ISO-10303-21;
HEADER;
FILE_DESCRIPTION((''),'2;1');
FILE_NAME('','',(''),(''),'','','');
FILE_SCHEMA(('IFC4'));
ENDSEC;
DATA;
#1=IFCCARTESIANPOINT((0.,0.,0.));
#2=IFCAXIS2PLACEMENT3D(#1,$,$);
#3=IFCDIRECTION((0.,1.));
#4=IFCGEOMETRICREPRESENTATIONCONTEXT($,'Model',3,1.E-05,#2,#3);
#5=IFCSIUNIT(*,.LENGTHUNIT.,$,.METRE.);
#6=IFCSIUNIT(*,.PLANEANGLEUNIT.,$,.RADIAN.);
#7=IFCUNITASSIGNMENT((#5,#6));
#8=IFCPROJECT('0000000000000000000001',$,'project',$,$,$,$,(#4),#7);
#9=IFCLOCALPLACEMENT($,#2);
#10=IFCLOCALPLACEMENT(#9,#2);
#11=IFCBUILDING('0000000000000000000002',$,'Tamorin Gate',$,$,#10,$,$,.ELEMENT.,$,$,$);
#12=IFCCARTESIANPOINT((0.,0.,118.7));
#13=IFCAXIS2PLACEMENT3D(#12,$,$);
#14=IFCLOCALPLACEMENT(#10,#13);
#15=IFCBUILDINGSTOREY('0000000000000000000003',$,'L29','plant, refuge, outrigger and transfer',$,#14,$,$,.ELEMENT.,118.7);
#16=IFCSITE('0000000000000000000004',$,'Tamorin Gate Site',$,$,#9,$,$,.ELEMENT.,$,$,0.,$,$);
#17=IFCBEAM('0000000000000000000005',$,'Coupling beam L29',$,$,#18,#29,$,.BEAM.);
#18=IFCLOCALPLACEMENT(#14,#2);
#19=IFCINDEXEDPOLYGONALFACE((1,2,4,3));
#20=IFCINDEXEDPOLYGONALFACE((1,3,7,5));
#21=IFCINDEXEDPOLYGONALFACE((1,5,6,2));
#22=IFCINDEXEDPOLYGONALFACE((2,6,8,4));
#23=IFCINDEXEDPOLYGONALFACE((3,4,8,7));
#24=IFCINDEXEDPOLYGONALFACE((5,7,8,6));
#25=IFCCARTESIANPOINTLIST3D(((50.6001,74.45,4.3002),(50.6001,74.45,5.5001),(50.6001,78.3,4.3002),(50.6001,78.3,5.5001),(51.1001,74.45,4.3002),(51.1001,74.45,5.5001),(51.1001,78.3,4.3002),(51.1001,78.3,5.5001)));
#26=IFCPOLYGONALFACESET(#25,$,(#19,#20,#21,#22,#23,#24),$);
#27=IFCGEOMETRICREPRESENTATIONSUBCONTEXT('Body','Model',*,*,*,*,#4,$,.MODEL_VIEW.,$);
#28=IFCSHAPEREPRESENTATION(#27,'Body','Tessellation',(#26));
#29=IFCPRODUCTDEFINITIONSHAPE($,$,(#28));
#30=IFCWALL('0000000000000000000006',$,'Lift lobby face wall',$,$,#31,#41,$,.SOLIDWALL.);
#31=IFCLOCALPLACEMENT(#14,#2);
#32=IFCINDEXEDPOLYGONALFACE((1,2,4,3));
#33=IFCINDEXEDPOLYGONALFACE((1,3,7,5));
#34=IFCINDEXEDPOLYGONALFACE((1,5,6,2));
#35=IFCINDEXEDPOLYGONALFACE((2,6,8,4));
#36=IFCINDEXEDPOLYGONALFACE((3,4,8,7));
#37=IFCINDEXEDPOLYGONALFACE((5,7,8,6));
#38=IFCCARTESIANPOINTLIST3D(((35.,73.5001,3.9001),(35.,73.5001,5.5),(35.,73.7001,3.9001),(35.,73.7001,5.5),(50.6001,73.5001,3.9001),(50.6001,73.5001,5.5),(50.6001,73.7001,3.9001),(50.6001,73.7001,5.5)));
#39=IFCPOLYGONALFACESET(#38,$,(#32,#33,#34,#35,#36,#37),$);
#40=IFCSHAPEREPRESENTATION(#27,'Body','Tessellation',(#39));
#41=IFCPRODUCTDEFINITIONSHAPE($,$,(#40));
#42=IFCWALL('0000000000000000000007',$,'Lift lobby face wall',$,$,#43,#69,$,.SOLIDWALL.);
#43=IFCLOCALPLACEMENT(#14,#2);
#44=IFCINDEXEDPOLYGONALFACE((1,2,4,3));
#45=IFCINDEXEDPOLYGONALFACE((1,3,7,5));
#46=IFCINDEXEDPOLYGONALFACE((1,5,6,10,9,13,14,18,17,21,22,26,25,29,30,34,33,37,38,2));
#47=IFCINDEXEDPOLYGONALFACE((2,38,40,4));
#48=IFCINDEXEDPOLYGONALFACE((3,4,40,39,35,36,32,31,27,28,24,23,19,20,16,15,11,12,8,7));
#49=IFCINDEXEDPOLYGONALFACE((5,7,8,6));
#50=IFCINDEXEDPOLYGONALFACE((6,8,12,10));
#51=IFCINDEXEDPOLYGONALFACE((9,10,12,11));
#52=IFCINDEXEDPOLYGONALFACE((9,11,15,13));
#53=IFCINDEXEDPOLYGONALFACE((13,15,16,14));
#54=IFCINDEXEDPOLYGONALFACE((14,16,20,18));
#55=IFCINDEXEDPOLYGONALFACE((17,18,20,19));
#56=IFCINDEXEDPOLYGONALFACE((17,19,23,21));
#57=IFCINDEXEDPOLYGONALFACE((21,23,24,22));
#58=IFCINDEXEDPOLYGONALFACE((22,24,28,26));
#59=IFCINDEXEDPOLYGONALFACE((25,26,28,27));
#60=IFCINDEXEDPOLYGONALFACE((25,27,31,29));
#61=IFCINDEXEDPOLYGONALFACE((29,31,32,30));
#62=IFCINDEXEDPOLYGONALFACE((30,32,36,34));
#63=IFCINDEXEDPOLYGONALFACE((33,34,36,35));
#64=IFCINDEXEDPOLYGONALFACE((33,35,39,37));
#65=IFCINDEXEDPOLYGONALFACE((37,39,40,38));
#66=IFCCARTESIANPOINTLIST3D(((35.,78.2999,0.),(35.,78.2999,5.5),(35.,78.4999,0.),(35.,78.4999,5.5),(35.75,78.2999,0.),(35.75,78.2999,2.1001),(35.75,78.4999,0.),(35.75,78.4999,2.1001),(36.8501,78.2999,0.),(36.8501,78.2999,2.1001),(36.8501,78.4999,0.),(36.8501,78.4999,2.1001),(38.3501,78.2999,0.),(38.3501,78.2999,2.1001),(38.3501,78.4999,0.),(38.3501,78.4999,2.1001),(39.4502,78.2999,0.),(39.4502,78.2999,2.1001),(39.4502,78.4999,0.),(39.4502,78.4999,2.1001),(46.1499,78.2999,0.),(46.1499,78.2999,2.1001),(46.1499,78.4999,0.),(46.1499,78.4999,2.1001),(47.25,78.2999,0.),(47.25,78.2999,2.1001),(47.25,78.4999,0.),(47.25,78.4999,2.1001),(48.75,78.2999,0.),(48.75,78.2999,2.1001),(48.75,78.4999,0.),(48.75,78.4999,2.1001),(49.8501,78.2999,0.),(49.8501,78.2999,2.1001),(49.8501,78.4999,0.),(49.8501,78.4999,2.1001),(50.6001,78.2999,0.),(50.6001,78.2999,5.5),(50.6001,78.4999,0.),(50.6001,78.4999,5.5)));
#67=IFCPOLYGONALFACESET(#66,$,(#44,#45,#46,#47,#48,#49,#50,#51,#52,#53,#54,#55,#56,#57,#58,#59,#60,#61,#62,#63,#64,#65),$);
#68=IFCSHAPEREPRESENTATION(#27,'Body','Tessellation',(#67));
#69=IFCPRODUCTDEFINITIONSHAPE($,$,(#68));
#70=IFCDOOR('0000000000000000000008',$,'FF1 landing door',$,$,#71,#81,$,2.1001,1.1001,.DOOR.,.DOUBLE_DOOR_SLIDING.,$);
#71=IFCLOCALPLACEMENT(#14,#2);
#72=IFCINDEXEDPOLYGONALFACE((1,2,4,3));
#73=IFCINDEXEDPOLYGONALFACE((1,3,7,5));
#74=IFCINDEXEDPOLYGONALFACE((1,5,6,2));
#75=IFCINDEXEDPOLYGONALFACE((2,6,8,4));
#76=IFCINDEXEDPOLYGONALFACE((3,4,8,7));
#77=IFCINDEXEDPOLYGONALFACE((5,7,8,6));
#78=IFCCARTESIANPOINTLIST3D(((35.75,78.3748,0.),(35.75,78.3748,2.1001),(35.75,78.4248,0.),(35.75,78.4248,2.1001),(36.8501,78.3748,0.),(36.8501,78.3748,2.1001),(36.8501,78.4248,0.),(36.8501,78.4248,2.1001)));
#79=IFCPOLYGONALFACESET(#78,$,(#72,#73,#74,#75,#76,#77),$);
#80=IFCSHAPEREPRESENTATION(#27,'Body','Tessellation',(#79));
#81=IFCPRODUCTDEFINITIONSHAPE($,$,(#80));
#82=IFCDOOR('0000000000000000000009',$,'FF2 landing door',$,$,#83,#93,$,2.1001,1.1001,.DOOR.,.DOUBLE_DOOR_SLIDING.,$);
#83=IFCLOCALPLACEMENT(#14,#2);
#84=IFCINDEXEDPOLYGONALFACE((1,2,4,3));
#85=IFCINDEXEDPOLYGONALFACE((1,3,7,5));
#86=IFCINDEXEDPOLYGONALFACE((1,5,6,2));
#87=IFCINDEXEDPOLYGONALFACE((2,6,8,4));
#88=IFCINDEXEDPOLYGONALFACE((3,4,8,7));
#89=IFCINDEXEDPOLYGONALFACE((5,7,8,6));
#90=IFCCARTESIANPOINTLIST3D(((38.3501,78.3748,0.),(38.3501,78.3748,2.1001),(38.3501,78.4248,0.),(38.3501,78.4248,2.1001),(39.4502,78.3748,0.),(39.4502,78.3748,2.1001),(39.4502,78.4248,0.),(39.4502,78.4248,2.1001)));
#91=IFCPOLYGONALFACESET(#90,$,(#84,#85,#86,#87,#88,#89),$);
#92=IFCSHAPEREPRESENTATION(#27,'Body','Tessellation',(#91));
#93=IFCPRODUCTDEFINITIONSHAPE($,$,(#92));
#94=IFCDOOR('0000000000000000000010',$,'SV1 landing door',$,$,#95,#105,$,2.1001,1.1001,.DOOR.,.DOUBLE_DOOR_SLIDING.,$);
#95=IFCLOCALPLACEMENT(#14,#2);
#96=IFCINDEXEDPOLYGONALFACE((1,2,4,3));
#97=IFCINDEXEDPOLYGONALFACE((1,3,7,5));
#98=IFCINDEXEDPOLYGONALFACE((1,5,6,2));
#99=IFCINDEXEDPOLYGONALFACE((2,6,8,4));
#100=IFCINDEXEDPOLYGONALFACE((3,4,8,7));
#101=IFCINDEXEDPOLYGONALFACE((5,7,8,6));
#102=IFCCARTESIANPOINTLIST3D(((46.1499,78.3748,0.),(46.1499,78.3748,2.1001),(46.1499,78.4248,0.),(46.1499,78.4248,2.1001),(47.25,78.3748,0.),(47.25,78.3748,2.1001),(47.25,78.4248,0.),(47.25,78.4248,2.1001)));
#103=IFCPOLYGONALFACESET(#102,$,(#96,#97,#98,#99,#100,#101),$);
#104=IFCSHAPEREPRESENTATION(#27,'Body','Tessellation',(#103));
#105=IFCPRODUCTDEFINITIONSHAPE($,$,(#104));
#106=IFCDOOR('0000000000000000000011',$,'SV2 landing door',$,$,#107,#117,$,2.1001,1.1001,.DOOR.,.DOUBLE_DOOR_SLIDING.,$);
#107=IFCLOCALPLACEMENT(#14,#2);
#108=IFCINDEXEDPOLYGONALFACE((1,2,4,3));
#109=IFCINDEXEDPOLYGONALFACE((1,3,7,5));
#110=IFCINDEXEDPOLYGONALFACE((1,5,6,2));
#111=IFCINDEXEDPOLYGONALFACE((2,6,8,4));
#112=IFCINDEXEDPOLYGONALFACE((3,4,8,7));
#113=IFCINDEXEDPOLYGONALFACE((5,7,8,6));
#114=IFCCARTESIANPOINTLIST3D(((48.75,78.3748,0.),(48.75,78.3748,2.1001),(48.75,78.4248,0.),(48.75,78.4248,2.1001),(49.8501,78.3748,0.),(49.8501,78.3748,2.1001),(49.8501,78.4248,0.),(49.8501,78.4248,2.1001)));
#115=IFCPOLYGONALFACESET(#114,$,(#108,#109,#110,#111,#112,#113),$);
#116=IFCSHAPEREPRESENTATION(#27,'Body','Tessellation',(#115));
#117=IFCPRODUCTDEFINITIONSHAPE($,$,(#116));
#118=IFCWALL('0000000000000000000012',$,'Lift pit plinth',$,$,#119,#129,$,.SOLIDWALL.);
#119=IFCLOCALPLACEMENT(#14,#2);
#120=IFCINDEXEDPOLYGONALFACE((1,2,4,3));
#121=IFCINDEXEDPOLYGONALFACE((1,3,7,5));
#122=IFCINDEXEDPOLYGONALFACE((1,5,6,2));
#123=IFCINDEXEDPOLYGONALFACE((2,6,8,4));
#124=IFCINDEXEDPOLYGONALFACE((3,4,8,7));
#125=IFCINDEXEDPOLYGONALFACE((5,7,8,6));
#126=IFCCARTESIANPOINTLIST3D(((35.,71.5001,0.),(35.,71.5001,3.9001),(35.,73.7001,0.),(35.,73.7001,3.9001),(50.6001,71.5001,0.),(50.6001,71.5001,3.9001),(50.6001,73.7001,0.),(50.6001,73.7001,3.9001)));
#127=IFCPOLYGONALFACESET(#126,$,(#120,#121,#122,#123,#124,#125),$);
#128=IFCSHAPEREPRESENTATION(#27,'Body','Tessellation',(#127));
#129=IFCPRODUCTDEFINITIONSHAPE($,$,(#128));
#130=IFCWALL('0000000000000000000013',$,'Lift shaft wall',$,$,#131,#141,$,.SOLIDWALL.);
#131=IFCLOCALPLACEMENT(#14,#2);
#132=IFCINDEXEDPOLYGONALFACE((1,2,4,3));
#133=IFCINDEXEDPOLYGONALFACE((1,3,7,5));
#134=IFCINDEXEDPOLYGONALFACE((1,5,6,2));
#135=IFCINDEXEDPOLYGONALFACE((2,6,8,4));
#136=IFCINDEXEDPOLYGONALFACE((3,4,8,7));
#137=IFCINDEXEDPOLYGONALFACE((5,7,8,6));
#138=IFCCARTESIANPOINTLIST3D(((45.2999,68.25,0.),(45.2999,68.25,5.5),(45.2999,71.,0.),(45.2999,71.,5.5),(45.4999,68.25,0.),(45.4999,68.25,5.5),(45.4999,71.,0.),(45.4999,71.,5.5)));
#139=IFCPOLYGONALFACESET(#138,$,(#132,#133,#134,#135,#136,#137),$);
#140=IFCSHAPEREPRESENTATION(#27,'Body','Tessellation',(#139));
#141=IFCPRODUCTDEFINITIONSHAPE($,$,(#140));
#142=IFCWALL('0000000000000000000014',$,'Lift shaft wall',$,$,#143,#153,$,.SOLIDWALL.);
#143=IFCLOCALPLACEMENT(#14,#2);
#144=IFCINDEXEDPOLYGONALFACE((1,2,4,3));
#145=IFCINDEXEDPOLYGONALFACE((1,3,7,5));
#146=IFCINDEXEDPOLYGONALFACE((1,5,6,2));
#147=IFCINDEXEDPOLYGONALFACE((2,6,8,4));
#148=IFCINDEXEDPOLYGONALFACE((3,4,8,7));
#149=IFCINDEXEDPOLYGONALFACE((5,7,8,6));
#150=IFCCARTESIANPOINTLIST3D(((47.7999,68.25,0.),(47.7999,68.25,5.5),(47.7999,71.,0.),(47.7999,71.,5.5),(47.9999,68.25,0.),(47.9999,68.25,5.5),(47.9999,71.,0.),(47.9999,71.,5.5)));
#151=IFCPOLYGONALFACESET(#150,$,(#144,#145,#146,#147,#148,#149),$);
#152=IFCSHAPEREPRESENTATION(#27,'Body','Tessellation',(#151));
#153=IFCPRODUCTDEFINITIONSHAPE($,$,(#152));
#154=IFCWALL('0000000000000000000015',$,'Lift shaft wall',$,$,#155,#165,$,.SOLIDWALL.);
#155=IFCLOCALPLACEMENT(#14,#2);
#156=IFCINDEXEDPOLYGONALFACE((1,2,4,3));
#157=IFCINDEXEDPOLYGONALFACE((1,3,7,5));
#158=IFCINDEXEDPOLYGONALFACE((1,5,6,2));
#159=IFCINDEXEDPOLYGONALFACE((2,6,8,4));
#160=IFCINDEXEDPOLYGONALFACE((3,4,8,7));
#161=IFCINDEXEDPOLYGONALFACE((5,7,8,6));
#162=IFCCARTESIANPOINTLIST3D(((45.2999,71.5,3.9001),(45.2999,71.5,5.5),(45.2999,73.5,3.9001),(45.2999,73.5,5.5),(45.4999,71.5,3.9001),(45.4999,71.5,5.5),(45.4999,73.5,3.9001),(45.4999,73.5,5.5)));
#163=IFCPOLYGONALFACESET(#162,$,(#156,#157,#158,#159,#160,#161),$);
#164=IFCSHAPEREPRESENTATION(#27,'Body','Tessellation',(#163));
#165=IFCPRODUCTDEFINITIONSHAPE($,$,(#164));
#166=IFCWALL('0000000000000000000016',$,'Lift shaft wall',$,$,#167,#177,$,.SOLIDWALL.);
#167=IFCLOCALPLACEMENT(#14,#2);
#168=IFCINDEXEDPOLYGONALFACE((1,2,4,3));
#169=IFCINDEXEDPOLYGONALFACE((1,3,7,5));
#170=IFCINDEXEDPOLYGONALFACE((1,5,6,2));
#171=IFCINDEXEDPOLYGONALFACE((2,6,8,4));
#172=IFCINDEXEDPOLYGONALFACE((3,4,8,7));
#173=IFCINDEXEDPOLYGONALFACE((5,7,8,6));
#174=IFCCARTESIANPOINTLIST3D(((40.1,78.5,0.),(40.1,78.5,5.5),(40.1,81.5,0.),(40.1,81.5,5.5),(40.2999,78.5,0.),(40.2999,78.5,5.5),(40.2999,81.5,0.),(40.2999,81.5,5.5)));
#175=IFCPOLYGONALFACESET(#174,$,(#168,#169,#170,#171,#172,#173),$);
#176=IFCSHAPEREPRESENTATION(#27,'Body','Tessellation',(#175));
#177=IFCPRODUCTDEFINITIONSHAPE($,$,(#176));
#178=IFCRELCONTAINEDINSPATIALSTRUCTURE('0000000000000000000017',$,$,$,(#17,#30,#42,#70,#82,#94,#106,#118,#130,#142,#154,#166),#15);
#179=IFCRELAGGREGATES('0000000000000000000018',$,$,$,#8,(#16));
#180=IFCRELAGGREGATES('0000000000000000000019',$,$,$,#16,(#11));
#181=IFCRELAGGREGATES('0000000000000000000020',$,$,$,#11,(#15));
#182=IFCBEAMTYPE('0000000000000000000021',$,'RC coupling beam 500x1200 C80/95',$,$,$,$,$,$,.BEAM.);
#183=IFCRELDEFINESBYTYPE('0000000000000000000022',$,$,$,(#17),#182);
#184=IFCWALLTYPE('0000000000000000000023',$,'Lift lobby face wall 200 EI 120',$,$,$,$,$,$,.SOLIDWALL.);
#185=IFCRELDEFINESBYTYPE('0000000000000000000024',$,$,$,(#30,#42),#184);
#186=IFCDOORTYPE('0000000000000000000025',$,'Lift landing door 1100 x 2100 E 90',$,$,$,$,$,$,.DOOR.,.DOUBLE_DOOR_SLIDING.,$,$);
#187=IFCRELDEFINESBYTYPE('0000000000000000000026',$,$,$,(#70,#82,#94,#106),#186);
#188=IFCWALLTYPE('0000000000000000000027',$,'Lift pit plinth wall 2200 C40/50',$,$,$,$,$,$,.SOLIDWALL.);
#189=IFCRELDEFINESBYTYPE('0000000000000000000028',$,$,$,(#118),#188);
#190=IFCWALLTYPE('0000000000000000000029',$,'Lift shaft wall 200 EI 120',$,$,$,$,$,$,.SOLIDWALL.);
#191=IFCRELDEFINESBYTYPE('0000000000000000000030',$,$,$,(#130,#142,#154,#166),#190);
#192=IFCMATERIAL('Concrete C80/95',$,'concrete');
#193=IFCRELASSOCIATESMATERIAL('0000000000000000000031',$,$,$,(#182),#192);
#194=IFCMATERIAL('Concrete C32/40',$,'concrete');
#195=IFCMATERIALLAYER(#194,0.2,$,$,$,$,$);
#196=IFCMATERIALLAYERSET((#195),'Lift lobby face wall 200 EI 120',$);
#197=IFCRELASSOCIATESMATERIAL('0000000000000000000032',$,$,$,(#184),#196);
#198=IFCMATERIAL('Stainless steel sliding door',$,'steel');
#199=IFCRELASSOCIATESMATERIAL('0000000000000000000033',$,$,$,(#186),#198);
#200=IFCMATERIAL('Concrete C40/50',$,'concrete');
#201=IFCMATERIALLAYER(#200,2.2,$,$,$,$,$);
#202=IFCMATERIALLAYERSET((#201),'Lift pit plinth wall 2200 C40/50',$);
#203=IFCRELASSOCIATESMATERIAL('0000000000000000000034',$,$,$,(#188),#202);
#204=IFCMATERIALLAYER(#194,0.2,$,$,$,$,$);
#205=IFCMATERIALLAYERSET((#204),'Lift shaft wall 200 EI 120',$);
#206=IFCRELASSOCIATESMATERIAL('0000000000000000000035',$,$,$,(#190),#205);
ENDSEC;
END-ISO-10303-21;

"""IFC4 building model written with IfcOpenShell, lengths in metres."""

from ifc_helpers import new_model, si_unit, direction, frame, frame_2d, origin, origin_2d, place, context, subcontext, project, spatial, rectangle, extrude, material, layer, layer_set, material_profile, profile_set, type_object, element, fill, save


model = new_model("IFC4")

# Units and contexts
model_context = context("Model", 3, precision=1e-05, world=origin(), true_north=direction((0.0, 1.0)))
body_context = subcontext(model_context, "Body", "Model", "MODEL_VIEW")
ifc_project = project(units=[si_unit("LENGTHUNIT", "METRE"), si_unit("PLANEANGLEUNIT", "RADIAN")], contexts=[model_context])

# Site, building, storey
site_placement = place(None, origin())
site = spatial("IfcSite", under=ifc_project, at=site_placement, Name="Tamorin Gate Site", CompositionType="ELEMENT", RefElevation=0.0)
building_placement = place(site_placement, origin())
building = spatial("IfcBuilding", under=site, at=building_placement, Name="Tamorin Gate", CompositionType="ELEMENT")
storey_placement = place(building_placement, frame((0.0, 0.0, 118.7)))
storey = spatial("IfcBuildingStorey", under=building, at=storey_placement, Name="L29", Description="plant, refuge, outrigger and transfer", CompositionType="ELEMENT", Elevation=118.7)

# Beam
ifc_material_1 = material(Name="Concrete C80/95", Category="concrete")
ifc_material_profile = material_profile(ifc_material_1, rectangle(XDim=0.5, YDim=1.2, at=origin_2d()), Name="RC 500x1200")
ifc_profile_set = profile_set([ifc_material_profile], Name="Concrete C80/95")
beam_type = type_object("IfcBeamType", Name="RC coupling beam 500x1200 C80/95", PredefinedType="BEAM", material=ifc_profile_set)
beam_placement = place(storey_placement, frame((50.8501, 74.45, 4.9001), z_axis=(0.0, 1.0, 0.0), x_axis=(-1.0, 0.0, 0.0)))
element("IfcBeam", 1, at=beam_placement, inside=storey, type_object=beam_type, Name="Coupling beam L29", PredefinedType="BEAM", context=body_context, shape_type="SweptSolid", body=[
    extrude(rectangle(XDim=0.5, YDim=1.2, at=origin_2d()), origin(), (0.0, 0.0, 1.0), 3.8501),
])

# Wall
ifc_material_2 = material(Name="Concrete C32/40", Category="concrete")
ifc_layer_1 = layer(ifc_material_2, 0.2)
ifc_layer_set_1 = layer_set([ifc_layer_1], Name="Lift lobby face wall 200 EI 120")
wall_type_1 = type_object("IfcWallType", Name="Lift lobby face wall 200 EI 120", PredefinedType="SOLIDWALL", material=ifc_layer_set_1)
wall_1_placement = place(storey_placement, frame((35.0, 73.6001, 3.9001), z_axis=(0.0, 0.0, 1.0), x_axis=(1.0, 0.0, 0.0)))
element("IfcWall", 2, at=wall_1_placement, inside=storey, type_object=wall_type_1, Name="Lift lobby face wall", PredefinedType="SOLIDWALL", context=body_context, shape_type="SweptSolid", body=[
    extrude(rectangle(XDim=15.6001, YDim=0.2, at=frame_2d((7.8, 0.0))), origin(), (0.0, 0.0, 1.0), 1.5999),
])

# Wall, openings, doors
wall_2_placement = place(storey_placement, frame((35.0, 78.3999, 0.0), z_axis=(0.0, 0.0, 1.0), x_axis=(1.0, 0.0, 0.0)))
wall_2 = element("IfcWall", 3, at=wall_2_placement, inside=storey, type_object=wall_type_1, Name="Lift lobby face wall", PredefinedType="SOLIDWALL", context=body_context, shape_type="SweptSolid", body=[
    extrude(rectangle(XDim=15.6001, YDim=0.2, at=frame_2d((7.8, 0.0))), origin(), (0.0, 0.0, 1.0), 5.5),
])
opening_1_placement = place(wall_2_placement, frame((0.75, 0.0, 0.0)))
opening_1 = element("IfcOpeningElement", 4, at=opening_1_placement, cuts=wall_2, PredefinedType="OPENING", context=body_context, shape_type="SweptSolid", body=[
    extrude(rectangle(XDim=1.1001, YDim=2.1001, at=frame_2d((0.55, 1.05))), frame((0.0, 0.1099, 0.0), z_axis=(0.0, -1.0, 0.0), x_axis=(1.0, 0.0, 0.0)), (0.0, 0.0, 1.0), 0.22),
])
opening_2_placement = place(wall_2_placement, frame((3.3501, 0.0, 0.0)))
opening_2 = element("IfcOpeningElement", 5, at=opening_2_placement, cuts=wall_2, PredefinedType="OPENING", context=body_context, shape_type="SweptSolid", body=[
    extrude(rectangle(XDim=1.1001, YDim=2.1001, at=frame_2d((0.55, 1.05))), frame((0.0, 0.1099, 0.0), z_axis=(0.0, -1.0, 0.0), x_axis=(1.0, 0.0, 0.0)), (0.0, 0.0, 1.0), 0.22),
])
opening_3_placement = place(wall_2_placement, frame((11.1499, 0.0, 0.0)))
opening_3 = element("IfcOpeningElement", 6, at=opening_3_placement, cuts=wall_2, PredefinedType="OPENING", context=body_context, shape_type="SweptSolid", body=[
    extrude(rectangle(XDim=1.1001, YDim=2.1001, at=frame_2d((0.55, 1.05))), frame((0.0, 0.1099, 0.0), z_axis=(0.0, -1.0, 0.0), x_axis=(1.0, 0.0, 0.0)), (0.0, 0.0, 1.0), 0.22),
])
opening_4_placement = place(wall_2_placement, frame((13.75, 0.0, 0.0)))
opening_4 = element("IfcOpeningElement", 7, at=opening_4_placement, cuts=wall_2, PredefinedType="OPENING", context=body_context, shape_type="SweptSolid", body=[
    extrude(rectangle(XDim=1.1001, YDim=2.1001, at=frame_2d((0.55, 1.05))), frame((0.0, 0.1099, 0.0), z_axis=(0.0, -1.0, 0.0), x_axis=(1.0, 0.0, 0.0)), (0.0, 0.0, 1.0), 0.22),
])
ifc_material_3 = material(Name="Stainless steel sliding door", Category="steel")
door_type_1 = type_object("IfcDoorType", Name="Lift landing door 1100 x 2100 E 90", OperationType="DOUBLE_DOOR_SLIDING", PredefinedType="DOOR", material=ifc_material_3)
door_1_placement = place(opening_1_placement, origin())
door_1 = element("IfcDoor", 8, at=door_1_placement, inside=storey, type_object=door_type_1, Name="FF1 landing door", OperationType="DOUBLE_DOOR_SLIDING", OverallHeight=2.1001, OverallWidth=1.1001, PredefinedType="DOOR", context=body_context, shape_type="SweptSolid", body=[
    extrude(rectangle(XDim=1.1001, YDim=2.1001, at=frame_2d((0.55, 1.05))), frame((0.0, 0.0249, 0.0), z_axis=(0.0, -1.0, 0.0), x_axis=(1.0, 0.0, 0.0)), (0.0, 0.0, 1.0), 0.05),
])
fill(opening_1, door_1)
door_2_placement = place(opening_2_placement, origin())
door_2 = element("IfcDoor", 9, at=door_2_placement, inside=storey, type_object=door_type_1, Name="FF2 landing door", OperationType="DOUBLE_DOOR_SLIDING", OverallHeight=2.1001, OverallWidth=1.1001, PredefinedType="DOOR", context=body_context, shape_type="SweptSolid", body=[
    extrude(rectangle(XDim=1.1001, YDim=2.1001, at=frame_2d((0.55, 1.05))), frame((0.0, 0.0249, 0.0), z_axis=(0.0, -1.0, 0.0), x_axis=(1.0, 0.0, 0.0)), (0.0, 0.0, 1.0), 0.05),
])
fill(opening_2, door_2)
door_3_placement = place(opening_3_placement, origin())
door_3 = element("IfcDoor", 10, at=door_3_placement, inside=storey, type_object=door_type_1, Name="SV1 landing door", OperationType="DOUBLE_DOOR_SLIDING", OverallHeight=2.1001, OverallWidth=1.1001, PredefinedType="DOOR", context=body_context, shape_type="SweptSolid", body=[
    extrude(rectangle(XDim=1.1001, YDim=2.1001, at=frame_2d((0.55, 1.05))), frame((0.0, 0.0249, 0.0), z_axis=(0.0, -1.0, 0.0), x_axis=(1.0, 0.0, 0.0)), (0.0, 0.0, 1.0), 0.05),
])
fill(opening_3, door_3)
door_4_placement = place(opening_4_placement, origin())
door_4 = element("IfcDoor", 11, at=door_4_placement, inside=storey, type_object=door_type_1, Name="SV2 landing door", OperationType="DOUBLE_DOOR_SLIDING", OverallHeight=2.1001, OverallWidth=1.1001, PredefinedType="DOOR", context=body_context, shape_type="SweptSolid", body=[
    extrude(rectangle(XDim=1.1001, YDim=2.1001, at=frame_2d((0.55, 1.05))), frame((0.0, 0.0249, 0.0), z_axis=(0.0, -1.0, 0.0), x_axis=(1.0, 0.0, 0.0)), (0.0, 0.0, 1.0), 0.05),
])
fill(opening_4, door_4)

# Walls
ifc_material_4 = material(Name="Concrete C40/50", Category="concrete")
ifc_layer_2 = layer(ifc_material_4, 2.2)
ifc_layer_set_2 = layer_set([ifc_layer_2], Name="Lift pit plinth wall 2200 C40/50")
wall_type_2 = type_object("IfcWallType", Name="Lift pit plinth wall 2200 C40/50", PredefinedType="SOLIDWALL", material=ifc_layer_set_2)
wall_3_placement = place(storey_placement, frame((35.0, 72.6001, 0.0), z_axis=(0.0, 0.0, 1.0), x_axis=(1.0, 0.0, 0.0)))
element("IfcWall", 12, at=wall_3_placement, inside=storey, type_object=wall_type_2, Name="Lift pit plinth", PredefinedType="SOLIDWALL", context=body_context, shape_type="SweptSolid", body=[
    extrude(rectangle(XDim=15.6001, YDim=2.2, at=frame_2d((7.8, 0.0))), origin(), (0.0, 0.0, 1.0), 3.9001),
])
ifc_layer_3 = layer(ifc_material_2, 0.2)
ifc_layer_set_3 = layer_set([ifc_layer_3], Name="Lift shaft wall 200 EI 120")
wall_type_3 = type_object("IfcWallType", Name="Lift shaft wall 200 EI 120", PredefinedType="SOLIDWALL", material=ifc_layer_set_3)
for number, where, z_axis, x_axis, name in (
    (13, (45.3999, 68.25, 0.0), (0.0, 0.0, 1.0), (0.0, 1.0, 0.0), "Lift shaft wall"),
    (14, (47.8999, 68.25, 0.0), (0.0, 0.0, 1.0), (0.0, 1.0, 0.0), "Lift shaft wall"),
):
    element("IfcWall", number, at=place(storey_placement, frame(where, z_axis=z_axis, x_axis=x_axis)), inside=storey, type_object=wall_type_3, Name=name, PredefinedType="SOLIDWALL", context=body_context, shape_type="SweptSolid", body=[
        extrude(rectangle(XDim=2.75, YDim=0.2, at=frame_2d((1.375, 0.0))), origin(), (0.0, 0.0, 1.0), 5.5),
    ])
wall_4_placement = place(storey_placement, frame((45.3999, 71.5, 3.9001), z_axis=(0.0, 0.0, 1.0), x_axis=(0.0, 1.0, 0.0)))
element("IfcWall", 15, at=wall_4_placement, inside=storey, type_object=wall_type_3, Name="Lift shaft wall", PredefinedType="SOLIDWALL", context=body_context, shape_type="SweptSolid", body=[
    extrude(rectangle(XDim=2.0, YDim=0.2, at=frame_2d((1.0, 0.0))), origin(), (0.0, 0.0, 1.0), 1.5999),
])
wall_5_placement = place(storey_placement, frame((40.2, 78.5, 0.0), z_axis=(0.0, 0.0, 1.0), x_axis=(0.0, 1.0, 0.0)))
element("IfcWall", 16, at=wall_5_placement, inside=storey, type_object=wall_type_3, Name="Lift shaft wall", PredefinedType="SOLIDWALL", context=body_context, shape_type="SweptSolid", body=[
    extrude(rectangle(XDim=3.0, YDim=0.2, at=frame_2d((1.5, 0.0))), origin(), (0.0, 0.0, 1.0), 5.5),
])

save(model, "model.ifc")
